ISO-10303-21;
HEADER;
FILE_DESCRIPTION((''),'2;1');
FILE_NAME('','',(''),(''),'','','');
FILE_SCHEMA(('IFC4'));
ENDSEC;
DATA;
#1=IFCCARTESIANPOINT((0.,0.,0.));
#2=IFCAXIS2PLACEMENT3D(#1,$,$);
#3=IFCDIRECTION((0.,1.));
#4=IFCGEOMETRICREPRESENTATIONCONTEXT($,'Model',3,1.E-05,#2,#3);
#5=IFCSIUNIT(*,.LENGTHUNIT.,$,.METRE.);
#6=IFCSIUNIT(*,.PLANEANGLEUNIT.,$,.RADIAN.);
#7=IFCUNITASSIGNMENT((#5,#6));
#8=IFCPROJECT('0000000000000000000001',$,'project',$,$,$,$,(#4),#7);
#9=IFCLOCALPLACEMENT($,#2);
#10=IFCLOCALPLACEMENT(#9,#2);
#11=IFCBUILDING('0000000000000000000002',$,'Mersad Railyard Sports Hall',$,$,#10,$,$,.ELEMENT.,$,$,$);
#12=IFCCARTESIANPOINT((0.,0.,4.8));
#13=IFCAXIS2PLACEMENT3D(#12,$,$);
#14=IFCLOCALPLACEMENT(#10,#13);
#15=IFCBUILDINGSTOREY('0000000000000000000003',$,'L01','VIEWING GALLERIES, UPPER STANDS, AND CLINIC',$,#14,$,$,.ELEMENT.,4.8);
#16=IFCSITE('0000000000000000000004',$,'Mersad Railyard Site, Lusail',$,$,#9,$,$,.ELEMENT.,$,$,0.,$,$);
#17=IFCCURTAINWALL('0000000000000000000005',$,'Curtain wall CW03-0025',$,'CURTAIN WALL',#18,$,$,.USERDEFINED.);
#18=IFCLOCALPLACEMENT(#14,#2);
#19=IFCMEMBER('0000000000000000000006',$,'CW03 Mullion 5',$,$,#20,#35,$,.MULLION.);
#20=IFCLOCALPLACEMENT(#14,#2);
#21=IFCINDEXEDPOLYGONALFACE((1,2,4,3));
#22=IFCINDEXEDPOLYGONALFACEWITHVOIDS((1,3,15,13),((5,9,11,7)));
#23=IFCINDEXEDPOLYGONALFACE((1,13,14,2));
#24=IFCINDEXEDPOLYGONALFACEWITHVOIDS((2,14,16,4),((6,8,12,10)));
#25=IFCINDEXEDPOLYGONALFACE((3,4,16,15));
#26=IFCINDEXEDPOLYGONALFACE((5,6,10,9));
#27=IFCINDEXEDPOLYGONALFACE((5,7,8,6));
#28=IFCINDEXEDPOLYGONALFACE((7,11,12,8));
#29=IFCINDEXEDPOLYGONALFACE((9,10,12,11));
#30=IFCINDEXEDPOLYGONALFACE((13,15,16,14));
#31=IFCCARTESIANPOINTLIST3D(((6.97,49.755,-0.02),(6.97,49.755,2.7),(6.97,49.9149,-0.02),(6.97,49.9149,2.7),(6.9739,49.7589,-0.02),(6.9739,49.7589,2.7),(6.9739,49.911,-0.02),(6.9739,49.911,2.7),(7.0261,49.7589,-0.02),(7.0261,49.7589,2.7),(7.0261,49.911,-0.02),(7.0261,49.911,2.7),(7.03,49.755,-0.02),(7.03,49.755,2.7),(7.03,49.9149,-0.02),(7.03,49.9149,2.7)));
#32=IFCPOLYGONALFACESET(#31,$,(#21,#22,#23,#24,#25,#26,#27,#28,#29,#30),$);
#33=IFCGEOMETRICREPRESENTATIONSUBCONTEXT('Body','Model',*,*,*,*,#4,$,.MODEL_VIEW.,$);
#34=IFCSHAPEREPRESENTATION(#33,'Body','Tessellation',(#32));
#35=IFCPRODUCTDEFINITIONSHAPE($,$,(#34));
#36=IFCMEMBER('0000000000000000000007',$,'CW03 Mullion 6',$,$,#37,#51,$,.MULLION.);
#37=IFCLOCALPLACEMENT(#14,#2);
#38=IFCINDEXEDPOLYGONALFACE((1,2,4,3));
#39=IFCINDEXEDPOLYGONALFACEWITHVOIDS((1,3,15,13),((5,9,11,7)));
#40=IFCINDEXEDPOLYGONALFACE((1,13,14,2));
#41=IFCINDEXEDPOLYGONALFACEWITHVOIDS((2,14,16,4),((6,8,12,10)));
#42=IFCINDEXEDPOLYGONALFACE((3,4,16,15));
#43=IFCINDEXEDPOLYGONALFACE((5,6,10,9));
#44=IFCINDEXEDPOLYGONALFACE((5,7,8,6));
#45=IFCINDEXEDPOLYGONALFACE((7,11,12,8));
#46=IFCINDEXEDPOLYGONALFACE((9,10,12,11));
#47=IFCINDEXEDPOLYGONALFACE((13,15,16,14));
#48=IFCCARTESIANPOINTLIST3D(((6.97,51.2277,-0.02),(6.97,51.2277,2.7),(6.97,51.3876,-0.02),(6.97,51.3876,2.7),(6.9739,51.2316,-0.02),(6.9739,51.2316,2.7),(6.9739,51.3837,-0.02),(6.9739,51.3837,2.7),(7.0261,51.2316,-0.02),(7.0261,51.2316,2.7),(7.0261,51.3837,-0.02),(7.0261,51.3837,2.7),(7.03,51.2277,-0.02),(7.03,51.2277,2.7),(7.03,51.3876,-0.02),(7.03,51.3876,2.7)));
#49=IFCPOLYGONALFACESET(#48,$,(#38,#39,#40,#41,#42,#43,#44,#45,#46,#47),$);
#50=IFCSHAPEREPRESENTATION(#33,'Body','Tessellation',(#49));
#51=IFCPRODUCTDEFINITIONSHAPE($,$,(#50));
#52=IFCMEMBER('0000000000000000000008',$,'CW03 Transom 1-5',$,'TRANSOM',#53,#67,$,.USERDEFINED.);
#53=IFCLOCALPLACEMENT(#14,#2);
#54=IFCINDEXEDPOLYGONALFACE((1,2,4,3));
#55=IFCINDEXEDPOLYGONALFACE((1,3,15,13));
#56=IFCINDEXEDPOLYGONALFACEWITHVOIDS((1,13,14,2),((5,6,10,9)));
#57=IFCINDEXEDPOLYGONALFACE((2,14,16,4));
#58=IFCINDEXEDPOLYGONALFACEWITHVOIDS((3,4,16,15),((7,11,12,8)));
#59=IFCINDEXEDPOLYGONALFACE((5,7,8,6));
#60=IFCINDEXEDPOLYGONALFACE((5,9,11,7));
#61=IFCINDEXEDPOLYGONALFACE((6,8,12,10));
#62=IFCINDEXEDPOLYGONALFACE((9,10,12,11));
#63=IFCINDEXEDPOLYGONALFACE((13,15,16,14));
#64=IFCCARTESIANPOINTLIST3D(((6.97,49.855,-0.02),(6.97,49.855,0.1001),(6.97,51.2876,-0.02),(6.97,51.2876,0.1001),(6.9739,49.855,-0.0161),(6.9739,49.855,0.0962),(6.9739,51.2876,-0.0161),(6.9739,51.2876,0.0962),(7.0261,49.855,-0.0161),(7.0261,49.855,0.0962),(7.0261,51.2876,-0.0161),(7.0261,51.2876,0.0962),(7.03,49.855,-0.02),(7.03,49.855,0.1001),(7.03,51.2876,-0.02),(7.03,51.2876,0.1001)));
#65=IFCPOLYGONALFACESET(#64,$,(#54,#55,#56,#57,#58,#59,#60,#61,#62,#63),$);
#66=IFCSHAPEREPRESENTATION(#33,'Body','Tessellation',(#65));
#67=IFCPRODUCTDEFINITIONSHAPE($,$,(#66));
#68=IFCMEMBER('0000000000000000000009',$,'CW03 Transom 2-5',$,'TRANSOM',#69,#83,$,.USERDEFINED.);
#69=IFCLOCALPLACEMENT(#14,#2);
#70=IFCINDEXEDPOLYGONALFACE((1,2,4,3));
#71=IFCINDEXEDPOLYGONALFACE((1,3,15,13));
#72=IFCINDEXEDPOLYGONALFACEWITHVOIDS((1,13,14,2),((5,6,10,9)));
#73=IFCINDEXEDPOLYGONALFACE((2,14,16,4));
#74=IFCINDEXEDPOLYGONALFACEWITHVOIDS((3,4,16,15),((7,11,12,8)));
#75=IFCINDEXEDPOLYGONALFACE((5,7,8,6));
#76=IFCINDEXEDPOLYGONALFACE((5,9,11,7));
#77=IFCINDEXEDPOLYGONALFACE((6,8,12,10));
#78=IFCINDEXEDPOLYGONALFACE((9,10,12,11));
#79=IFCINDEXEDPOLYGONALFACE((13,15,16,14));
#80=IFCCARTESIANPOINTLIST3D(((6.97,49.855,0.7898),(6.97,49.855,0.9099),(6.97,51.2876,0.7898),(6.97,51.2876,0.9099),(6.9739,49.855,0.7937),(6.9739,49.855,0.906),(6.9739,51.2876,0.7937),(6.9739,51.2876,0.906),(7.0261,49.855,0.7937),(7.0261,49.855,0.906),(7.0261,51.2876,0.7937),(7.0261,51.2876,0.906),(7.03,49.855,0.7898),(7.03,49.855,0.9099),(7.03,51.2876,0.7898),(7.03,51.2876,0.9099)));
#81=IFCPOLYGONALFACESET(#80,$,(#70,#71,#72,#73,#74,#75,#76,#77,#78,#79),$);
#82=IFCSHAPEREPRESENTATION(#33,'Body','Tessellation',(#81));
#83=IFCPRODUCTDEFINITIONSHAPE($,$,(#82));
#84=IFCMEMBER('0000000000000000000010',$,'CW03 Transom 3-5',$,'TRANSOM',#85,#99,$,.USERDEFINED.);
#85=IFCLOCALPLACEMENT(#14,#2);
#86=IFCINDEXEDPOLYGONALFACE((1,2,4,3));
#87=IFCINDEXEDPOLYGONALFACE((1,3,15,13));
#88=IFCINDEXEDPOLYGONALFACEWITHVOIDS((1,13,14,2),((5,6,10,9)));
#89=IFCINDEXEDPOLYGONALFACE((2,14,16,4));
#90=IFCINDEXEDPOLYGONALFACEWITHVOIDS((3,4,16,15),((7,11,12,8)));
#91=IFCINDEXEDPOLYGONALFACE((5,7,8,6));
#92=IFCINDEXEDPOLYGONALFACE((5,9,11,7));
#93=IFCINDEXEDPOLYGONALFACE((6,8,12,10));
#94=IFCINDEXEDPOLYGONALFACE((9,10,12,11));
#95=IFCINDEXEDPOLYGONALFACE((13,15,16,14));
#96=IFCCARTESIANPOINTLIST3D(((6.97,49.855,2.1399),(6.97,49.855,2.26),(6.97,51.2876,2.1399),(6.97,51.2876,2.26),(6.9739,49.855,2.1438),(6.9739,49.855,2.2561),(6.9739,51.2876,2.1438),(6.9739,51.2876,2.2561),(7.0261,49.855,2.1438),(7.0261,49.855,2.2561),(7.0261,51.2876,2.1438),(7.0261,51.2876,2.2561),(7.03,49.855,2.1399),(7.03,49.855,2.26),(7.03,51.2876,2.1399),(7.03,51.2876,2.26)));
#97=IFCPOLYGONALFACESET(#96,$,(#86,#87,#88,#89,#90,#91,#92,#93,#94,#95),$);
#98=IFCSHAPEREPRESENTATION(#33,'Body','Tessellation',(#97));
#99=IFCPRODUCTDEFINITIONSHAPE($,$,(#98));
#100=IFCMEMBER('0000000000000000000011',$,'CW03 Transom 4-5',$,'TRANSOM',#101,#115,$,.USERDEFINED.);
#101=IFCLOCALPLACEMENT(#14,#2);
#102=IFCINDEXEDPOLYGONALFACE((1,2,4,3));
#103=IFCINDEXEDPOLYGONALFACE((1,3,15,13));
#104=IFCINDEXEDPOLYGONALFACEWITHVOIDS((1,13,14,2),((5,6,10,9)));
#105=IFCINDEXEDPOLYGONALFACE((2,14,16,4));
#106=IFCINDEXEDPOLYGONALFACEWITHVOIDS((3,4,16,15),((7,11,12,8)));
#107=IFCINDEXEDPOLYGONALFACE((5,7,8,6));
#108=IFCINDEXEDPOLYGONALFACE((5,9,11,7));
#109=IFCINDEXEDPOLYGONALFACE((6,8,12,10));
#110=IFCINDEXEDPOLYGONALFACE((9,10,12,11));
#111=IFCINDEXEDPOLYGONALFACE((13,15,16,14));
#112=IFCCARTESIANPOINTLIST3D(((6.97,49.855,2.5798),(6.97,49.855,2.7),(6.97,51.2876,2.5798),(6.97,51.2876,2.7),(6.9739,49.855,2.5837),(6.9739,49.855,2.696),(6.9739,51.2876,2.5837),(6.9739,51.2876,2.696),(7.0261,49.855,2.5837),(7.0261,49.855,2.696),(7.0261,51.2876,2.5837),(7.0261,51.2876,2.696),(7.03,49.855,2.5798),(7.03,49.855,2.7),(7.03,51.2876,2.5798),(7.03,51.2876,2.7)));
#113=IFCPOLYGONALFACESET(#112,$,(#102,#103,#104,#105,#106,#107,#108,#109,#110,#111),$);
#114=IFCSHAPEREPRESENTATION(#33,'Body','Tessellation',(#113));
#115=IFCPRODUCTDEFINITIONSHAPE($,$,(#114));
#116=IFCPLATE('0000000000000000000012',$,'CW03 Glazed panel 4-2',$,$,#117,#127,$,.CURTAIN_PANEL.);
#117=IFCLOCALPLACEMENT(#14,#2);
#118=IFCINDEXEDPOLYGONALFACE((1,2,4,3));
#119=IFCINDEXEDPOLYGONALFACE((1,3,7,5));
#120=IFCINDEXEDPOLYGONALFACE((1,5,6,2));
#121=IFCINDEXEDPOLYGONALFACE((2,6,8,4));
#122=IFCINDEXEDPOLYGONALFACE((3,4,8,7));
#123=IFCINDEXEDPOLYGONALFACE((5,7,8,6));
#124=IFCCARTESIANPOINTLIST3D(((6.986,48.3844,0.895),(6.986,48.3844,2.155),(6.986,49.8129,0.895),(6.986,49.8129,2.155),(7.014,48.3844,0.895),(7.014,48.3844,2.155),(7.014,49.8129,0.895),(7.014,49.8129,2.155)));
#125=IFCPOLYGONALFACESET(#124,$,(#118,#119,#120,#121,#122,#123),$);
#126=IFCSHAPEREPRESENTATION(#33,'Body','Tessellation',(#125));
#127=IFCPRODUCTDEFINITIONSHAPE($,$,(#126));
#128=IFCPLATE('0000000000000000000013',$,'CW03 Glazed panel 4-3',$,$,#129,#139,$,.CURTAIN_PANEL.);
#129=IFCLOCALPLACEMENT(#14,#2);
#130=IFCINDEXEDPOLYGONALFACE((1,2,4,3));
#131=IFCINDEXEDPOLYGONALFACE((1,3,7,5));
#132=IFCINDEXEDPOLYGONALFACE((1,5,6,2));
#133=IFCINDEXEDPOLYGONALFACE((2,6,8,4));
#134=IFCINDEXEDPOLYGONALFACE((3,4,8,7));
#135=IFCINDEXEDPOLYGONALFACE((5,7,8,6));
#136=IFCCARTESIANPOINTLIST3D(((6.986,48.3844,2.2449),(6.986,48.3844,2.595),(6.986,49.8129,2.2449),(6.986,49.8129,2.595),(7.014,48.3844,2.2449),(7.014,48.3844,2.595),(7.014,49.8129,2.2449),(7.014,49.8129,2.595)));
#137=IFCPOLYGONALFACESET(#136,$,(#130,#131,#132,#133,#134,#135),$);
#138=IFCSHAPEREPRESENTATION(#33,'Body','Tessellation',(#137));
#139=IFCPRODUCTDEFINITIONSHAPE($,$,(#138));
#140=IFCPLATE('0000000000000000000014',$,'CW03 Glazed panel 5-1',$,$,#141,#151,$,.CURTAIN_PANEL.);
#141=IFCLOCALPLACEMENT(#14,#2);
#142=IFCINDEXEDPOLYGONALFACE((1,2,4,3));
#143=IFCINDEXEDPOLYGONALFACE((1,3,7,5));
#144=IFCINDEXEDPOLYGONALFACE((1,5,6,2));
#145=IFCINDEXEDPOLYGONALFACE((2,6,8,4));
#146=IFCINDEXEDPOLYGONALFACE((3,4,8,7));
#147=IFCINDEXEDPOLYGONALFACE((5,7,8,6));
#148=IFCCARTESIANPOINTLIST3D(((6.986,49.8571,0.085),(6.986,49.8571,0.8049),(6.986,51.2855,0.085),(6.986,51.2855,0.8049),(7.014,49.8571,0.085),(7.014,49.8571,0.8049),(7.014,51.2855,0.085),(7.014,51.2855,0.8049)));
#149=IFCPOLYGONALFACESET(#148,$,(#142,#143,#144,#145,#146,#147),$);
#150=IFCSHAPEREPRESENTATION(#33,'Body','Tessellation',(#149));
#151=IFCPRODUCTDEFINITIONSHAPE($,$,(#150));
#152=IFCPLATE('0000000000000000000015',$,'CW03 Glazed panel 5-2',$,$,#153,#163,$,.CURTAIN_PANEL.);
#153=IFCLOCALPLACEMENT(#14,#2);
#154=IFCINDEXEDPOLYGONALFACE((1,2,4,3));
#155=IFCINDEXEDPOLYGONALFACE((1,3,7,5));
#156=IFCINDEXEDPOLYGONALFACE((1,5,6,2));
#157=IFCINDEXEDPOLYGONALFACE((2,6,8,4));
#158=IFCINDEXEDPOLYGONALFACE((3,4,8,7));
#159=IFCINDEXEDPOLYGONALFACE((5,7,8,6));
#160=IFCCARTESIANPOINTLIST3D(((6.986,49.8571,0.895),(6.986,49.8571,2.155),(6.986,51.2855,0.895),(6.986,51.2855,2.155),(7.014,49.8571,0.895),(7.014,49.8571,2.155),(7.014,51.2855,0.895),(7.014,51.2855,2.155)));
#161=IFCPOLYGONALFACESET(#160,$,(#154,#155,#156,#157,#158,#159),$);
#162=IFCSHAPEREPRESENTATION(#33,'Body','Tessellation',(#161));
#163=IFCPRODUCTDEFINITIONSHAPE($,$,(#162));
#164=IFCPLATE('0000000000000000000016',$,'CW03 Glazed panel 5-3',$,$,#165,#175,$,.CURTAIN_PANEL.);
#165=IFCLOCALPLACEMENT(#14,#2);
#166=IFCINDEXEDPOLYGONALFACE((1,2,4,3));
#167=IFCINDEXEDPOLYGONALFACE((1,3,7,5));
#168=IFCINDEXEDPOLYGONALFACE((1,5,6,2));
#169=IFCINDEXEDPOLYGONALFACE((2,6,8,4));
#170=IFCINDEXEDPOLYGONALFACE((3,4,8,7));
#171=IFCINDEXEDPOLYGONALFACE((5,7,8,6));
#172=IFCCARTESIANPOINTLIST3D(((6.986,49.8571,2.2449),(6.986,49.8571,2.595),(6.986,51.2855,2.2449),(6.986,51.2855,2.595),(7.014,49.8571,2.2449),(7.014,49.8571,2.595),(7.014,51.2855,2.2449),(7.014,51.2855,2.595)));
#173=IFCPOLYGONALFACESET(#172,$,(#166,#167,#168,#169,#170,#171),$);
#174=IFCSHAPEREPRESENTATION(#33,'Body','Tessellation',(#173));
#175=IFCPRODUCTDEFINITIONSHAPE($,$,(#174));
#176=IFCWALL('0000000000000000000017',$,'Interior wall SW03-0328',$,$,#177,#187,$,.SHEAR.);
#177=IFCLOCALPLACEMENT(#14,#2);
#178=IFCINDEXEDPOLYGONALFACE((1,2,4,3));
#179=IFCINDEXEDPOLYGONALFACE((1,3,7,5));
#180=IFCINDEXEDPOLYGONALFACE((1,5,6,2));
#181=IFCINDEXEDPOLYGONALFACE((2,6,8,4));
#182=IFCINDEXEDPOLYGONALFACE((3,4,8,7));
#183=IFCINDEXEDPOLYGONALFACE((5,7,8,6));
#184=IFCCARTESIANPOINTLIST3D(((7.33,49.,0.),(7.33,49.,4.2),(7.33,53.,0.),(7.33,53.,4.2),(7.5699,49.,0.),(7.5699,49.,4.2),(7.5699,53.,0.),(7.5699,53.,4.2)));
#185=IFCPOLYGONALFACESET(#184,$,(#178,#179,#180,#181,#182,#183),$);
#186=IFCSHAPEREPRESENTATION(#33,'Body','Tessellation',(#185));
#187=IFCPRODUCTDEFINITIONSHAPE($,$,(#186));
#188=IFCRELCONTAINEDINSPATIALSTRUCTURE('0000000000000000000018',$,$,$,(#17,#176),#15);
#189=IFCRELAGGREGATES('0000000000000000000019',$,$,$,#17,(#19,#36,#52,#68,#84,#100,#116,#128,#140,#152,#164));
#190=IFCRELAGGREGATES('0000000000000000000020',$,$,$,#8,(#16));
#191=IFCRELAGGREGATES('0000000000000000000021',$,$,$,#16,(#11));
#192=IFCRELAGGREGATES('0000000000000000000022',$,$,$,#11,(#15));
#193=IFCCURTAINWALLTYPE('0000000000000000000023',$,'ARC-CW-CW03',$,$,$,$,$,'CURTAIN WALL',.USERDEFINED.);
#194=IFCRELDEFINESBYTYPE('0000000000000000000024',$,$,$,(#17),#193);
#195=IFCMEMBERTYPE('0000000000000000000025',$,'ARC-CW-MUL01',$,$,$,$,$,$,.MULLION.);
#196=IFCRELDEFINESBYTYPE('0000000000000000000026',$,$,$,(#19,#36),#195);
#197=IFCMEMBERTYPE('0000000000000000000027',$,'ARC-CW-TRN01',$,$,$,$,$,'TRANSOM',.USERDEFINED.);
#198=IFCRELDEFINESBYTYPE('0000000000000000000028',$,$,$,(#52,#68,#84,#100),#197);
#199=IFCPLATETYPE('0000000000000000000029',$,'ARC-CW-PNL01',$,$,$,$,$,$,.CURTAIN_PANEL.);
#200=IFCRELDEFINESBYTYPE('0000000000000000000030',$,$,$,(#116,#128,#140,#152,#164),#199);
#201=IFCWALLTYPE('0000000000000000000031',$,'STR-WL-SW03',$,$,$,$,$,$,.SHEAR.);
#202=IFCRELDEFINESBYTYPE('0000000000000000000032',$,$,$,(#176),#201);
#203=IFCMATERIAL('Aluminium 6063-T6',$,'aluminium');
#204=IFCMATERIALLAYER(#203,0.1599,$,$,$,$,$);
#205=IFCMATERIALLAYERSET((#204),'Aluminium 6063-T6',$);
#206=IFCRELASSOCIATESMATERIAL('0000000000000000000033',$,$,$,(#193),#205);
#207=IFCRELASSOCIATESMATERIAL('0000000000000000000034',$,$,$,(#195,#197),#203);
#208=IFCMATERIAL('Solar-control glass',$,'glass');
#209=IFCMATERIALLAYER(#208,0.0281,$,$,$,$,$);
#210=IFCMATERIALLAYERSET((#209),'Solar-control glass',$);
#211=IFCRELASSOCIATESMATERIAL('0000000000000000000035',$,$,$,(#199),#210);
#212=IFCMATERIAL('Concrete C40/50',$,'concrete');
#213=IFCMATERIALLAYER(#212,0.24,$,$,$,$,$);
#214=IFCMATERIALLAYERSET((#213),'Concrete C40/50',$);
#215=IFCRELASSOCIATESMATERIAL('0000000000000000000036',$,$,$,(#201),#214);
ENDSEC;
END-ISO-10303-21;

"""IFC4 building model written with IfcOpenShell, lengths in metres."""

from ifc_helpers import new_model, si_unit, direction, frame, frame_2d, origin, origin_2d, place, context, subcontext, project, spatial, rectangle, hollow_rectangle, extrude, material, layer, layer_set, material_profile, profile_set, type_object, element, aggregate, save


model = new_model("IFC4")

# Units and contexts
model_context = context("Model", 3, precision=1e-05, world=origin(), true_north=direction((0.0, 1.0)))
body_context = subcontext(model_context, "Body", "Model", "MODEL_VIEW")
ifc_project = project(units=[si_unit("LENGTHUNIT", "METRE"), si_unit("PLANEANGLEUNIT", "RADIAN")], contexts=[model_context])

# Site, building, storey
site_placement = place(None, origin())
site = spatial("IfcSite", under=ifc_project, at=site_placement, Name="Mersad Railyard Site, Lusail", CompositionType="ELEMENT", RefElevation=0.0)
building_placement = place(site_placement, origin())
building = spatial("IfcBuilding", under=site, at=building_placement, Name="Mersad Railyard Sports Hall", CompositionType="ELEMENT")
storey_placement = place(building_placement, frame((0.0, 0.0, 4.8)))
storey = spatial("IfcBuildingStorey", under=building, at=storey_placement, Name="L01", Description="VIEWING GALLERIES, UPPER STANDS, AND CLINIC", CompositionType="ELEMENT", Elevation=4.8)

# Curtain wall, members, plates
ifc_material_1 = material(Name="Aluminium 6063-T6", Category="aluminium")
ifc_layer_1 = layer(ifc_material_1, 0.1599)
ifc_layer_set_1 = layer_set([ifc_layer_1], Name="Aluminium 6063-T6")
curtain_wall_type = type_object("IfcCurtainWallType", Name="ARC-CW-CW03", ElementType="CURTAIN WALL", PredefinedType="USERDEFINED", material=ifc_layer_set_1)
curtain_wall_placement = place(storey_placement, origin())
curtain_wall = element("IfcCurtainWall", 1, at=curtain_wall_placement, inside=storey, type_object=curtain_wall_type, Name="Curtain wall CW03-0025", ObjectType="CURTAIN WALL", PredefinedType="USERDEFINED")
ifc_material_profile_1 = material_profile(ifc_material_1, hollow_rectangle(XDim=0.0601, YDim=0.1599, WallThickness=0.0039, at=origin_2d()), Name="AL MULLION 60x160x4")
ifc_profile_set_1 = profile_set([ifc_material_profile_1], Name="Aluminium 6063-T6")
member_type_1 = type_object("IfcMemberType", Name="ARC-CW-MUL01", PredefinedType="MULLION", material=ifc_profile_set_1)
member_1_placement = place(storey_placement, frame((7.0, 49.835, -0.02), z_axis=(0.0, 0.0, 1.0), x_axis=(1.0, 0.0, 0.0)))
member_1 = element("IfcMember", 2, at=member_1_placement, type_object=member_type_1, Name="CW03 Mullion 5", PredefinedType="MULLION", context=body_context, shape_type="SweptSolid", body=[
    extrude(hollow_rectangle(XDim=0.0601, YDim=0.1599, WallThickness=0.0039, at=origin_2d()), origin(), (0.0, 0.0, 1.0), 2.72),
])
member_2_placement = place(storey_placement, frame((7.0, 51.3076, -0.02), z_axis=(0.0, 0.0, 1.0), x_axis=(1.0, 0.0, 0.0)))
member_2 = element("IfcMember", 3, at=member_2_placement, type_object=member_type_1, Name="CW03 Mullion 6", PredefinedType="MULLION", context=body_context, shape_type="SweptSolid", body=[
    extrude(hollow_rectangle(XDim=0.0601, YDim=0.1599, WallThickness=0.0039, at=origin_2d()), origin(), (0.0, 0.0, 1.0), 2.72),
])
ifc_material_profile_2 = material_profile(ifc_material_1, hollow_rectangle(XDim=0.0601, YDim=0.1201, WallThickness=0.0039, at=origin_2d()), Name="AL TRANSOM 60x120x4")
ifc_profile_set_2 = profile_set([ifc_material_profile_2], Name="Aluminium 6063-T6")
member_type_2 = type_object("IfcMemberType", Name="ARC-CW-TRN01", ElementType="TRANSOM", PredefinedType="USERDEFINED", material=ifc_profile_set_2)
member_3_placement = place(storey_placement, frame((7.0, 49.855, 0.04), z_axis=(0.0, 1.0, 0.0), x_axis=(-1.0, 0.0, 0.0)))
member_3 = element("IfcMember", 4, at=member_3_placement, type_object=member_type_2, Name="CW03 Transom 1-5", ObjectType="TRANSOM", PredefinedType="USERDEFINED", context=body_context, shape_type="SweptSolid", body=[
    extrude(hollow_rectangle(XDim=0.0601, YDim=0.1201, WallThickness=0.0039, at=origin_2d()), origin(), (0.0, 0.0, 1.0), 1.4326),
])
member_4_placement = place(storey_placement, frame((7.0, 49.855, 0.8499), z_axis=(0.0, 1.0, 0.0), x_axis=(-1.0, 0.0, 0.0)))
member_4 = element("IfcMember", 5, at=member_4_placement, type_object=member_type_2, Name="CW03 Transom 2-5", ObjectType="TRANSOM", PredefinedType="USERDEFINED", context=body_context, shape_type="SweptSolid", body=[
    extrude(hollow_rectangle(XDim=0.0601, YDim=0.1201, WallThickness=0.0039, at=origin_2d()), origin(), (0.0, 0.0, 1.0), 1.4326),
])
member_5_placement = place(storey_placement, frame((7.0, 49.855, 2.2), z_axis=(0.0, 1.0, 0.0), x_axis=(-1.0, 0.0, 0.0)))
member_5 = element("IfcMember", 6, at=member_5_placement, type_object=member_type_2, Name="CW03 Transom 3-5", ObjectType="TRANSOM", PredefinedType="USERDEFINED", context=body_context, shape_type="SweptSolid", body=[
    extrude(hollow_rectangle(XDim=0.0601, YDim=0.1201, WallThickness=0.0039, at=origin_2d()), origin(), (0.0, 0.0, 1.0), 1.4326),
])
member_6_placement = place(storey_placement, frame((7.0, 49.855, 2.6399), z_axis=(0.0, 1.0, 0.0), x_axis=(-1.0, 0.0, 0.0)))
member_6 = element("IfcMember", 7, at=member_6_placement, type_object=member_type_2, Name="CW03 Transom 4-5", ObjectType="TRANSOM", PredefinedType="USERDEFINED", context=body_context, shape_type="SweptSolid", body=[
    extrude(hollow_rectangle(XDim=0.0601, YDim=0.1201, WallThickness=0.0039, at=origin_2d()), origin(), (0.0, 0.0, 1.0), 1.4326),
])
ifc_material_2 = material(Name="Solar-control glass", Category="glass")
ifc_layer_2 = layer(ifc_material_2, 0.0281)
ifc_layer_set_2 = layer_set([ifc_layer_2], Name="Solar-control glass")
plate_type = type_object("IfcPlateType", Name="ARC-CW-PNL01", PredefinedType="CURTAIN_PANEL", material=ifc_layer_set_2)
plate_1_placement = place(storey_placement, frame((7.0, 49.0986, 0.895), z_axis=(0.0, 0.0, 1.0), x_axis=(0.0, 1.0, 0.0)))
plate_1 = element("IfcPlate", 8, at=plate_1_placement, type_object=plate_type, Name="CW03 Glazed panel 4-2", PredefinedType="CURTAIN_PANEL", context=body_context, shape_type="SweptSolid", body=[
    extrude(rectangle(XDim=1.4285, YDim=0.0281, at=origin_2d()), origin(), (0.0, 0.0, 1.0), 1.26),
])
plate_2_placement = place(storey_placement, frame((7.0, 49.0986, 2.2449), z_axis=(0.0, 0.0, 1.0), x_axis=(0.0, 1.0, 0.0)))
plate_2 = element("IfcPlate", 9, at=plate_2_placement, type_object=plate_type, Name="CW03 Glazed panel 4-3", PredefinedType="CURTAIN_PANEL", context=body_context, shape_type="SweptSolid", body=[
    extrude(rectangle(XDim=1.4285, YDim=0.0281, at=origin_2d()), origin(), (0.0, 0.0, 1.0), 0.3501),
])
plate_3_placement = place(storey_placement, frame((7.0, 50.5713, 0.085), z_axis=(0.0, 0.0, 1.0), x_axis=(0.0, 1.0, 0.0)))
plate_3 = element("IfcPlate", 10, at=plate_3_placement, type_object=plate_type, Name="CW03 Glazed panel 5-1", PredefinedType="CURTAIN_PANEL", context=body_context, shape_type="SweptSolid", body=[
    extrude(rectangle(XDim=1.4285, YDim=0.0281, at=origin_2d()), origin(), (0.0, 0.0, 1.0), 0.72),
])
plate_4_placement = place(storey_placement, frame((7.0, 50.5713, 0.895), z_axis=(0.0, 0.0, 1.0), x_axis=(0.0, 1.0, 0.0)))
plate_4 = element("IfcPlate", 11, at=plate_4_placement, type_object=plate_type, Name="CW03 Glazed panel 5-2", PredefinedType="CURTAIN_PANEL", context=body_context, shape_type="SweptSolid", body=[
    extrude(rectangle(XDim=1.4285, YDim=0.0281, at=origin_2d()), origin(), (0.0, 0.0, 1.0), 1.26),
])
plate_5_placement = place(storey_placement, frame((7.0, 50.5713, 2.2449), z_axis=(0.0, 0.0, 1.0), x_axis=(0.0, 1.0, 0.0)))
plate_5 = element("IfcPlate", 12, at=plate_5_placement, type_object=plate_type, Name="CW03 Glazed panel 5-3", PredefinedType="CURTAIN_PANEL", context=body_context, shape_type="SweptSolid", body=[
    extrude(rectangle(XDim=1.4285, YDim=0.0281, at=origin_2d()), origin(), (0.0, 0.0, 1.0), 0.3501),
])
aggregate(curtain_wall, [member_1, member_2, member_3, member_4, member_5, member_6, plate_1, plate_2, plate_3, plate_4, plate_5])

# Wall
ifc_material_3 = material(Name="Concrete C40/50", Category="concrete")
ifc_layer_3 = layer(ifc_material_3, 0.24)
ifc_layer_set_3 = layer_set([ifc_layer_3], Name="Concrete C40/50")
wall_type = type_object("IfcWallType", Name="STR-WL-SW03", PredefinedType="SHEAR", material=ifc_layer_set_3)
wall_1_placement = place(storey_placement, frame((7.45, 49.0, 0.0), z_axis=(0.0, 0.0, 1.0), x_axis=(0.0, 1.0, 0.0)))
element("IfcWall", 13, at=wall_1_placement, inside=storey, type_object=wall_type, Name="Interior wall SW03-0328", PredefinedType="SHEAR", context=body_context, shape_type="SweptSolid", body=[
    extrude(rectangle(XDim=4.0, YDim=0.24, at=frame_2d((2.0, 0.0))), origin(), (0.0, 0.0, 1.0), 4.2),
])

save(model, "model.ifc")
